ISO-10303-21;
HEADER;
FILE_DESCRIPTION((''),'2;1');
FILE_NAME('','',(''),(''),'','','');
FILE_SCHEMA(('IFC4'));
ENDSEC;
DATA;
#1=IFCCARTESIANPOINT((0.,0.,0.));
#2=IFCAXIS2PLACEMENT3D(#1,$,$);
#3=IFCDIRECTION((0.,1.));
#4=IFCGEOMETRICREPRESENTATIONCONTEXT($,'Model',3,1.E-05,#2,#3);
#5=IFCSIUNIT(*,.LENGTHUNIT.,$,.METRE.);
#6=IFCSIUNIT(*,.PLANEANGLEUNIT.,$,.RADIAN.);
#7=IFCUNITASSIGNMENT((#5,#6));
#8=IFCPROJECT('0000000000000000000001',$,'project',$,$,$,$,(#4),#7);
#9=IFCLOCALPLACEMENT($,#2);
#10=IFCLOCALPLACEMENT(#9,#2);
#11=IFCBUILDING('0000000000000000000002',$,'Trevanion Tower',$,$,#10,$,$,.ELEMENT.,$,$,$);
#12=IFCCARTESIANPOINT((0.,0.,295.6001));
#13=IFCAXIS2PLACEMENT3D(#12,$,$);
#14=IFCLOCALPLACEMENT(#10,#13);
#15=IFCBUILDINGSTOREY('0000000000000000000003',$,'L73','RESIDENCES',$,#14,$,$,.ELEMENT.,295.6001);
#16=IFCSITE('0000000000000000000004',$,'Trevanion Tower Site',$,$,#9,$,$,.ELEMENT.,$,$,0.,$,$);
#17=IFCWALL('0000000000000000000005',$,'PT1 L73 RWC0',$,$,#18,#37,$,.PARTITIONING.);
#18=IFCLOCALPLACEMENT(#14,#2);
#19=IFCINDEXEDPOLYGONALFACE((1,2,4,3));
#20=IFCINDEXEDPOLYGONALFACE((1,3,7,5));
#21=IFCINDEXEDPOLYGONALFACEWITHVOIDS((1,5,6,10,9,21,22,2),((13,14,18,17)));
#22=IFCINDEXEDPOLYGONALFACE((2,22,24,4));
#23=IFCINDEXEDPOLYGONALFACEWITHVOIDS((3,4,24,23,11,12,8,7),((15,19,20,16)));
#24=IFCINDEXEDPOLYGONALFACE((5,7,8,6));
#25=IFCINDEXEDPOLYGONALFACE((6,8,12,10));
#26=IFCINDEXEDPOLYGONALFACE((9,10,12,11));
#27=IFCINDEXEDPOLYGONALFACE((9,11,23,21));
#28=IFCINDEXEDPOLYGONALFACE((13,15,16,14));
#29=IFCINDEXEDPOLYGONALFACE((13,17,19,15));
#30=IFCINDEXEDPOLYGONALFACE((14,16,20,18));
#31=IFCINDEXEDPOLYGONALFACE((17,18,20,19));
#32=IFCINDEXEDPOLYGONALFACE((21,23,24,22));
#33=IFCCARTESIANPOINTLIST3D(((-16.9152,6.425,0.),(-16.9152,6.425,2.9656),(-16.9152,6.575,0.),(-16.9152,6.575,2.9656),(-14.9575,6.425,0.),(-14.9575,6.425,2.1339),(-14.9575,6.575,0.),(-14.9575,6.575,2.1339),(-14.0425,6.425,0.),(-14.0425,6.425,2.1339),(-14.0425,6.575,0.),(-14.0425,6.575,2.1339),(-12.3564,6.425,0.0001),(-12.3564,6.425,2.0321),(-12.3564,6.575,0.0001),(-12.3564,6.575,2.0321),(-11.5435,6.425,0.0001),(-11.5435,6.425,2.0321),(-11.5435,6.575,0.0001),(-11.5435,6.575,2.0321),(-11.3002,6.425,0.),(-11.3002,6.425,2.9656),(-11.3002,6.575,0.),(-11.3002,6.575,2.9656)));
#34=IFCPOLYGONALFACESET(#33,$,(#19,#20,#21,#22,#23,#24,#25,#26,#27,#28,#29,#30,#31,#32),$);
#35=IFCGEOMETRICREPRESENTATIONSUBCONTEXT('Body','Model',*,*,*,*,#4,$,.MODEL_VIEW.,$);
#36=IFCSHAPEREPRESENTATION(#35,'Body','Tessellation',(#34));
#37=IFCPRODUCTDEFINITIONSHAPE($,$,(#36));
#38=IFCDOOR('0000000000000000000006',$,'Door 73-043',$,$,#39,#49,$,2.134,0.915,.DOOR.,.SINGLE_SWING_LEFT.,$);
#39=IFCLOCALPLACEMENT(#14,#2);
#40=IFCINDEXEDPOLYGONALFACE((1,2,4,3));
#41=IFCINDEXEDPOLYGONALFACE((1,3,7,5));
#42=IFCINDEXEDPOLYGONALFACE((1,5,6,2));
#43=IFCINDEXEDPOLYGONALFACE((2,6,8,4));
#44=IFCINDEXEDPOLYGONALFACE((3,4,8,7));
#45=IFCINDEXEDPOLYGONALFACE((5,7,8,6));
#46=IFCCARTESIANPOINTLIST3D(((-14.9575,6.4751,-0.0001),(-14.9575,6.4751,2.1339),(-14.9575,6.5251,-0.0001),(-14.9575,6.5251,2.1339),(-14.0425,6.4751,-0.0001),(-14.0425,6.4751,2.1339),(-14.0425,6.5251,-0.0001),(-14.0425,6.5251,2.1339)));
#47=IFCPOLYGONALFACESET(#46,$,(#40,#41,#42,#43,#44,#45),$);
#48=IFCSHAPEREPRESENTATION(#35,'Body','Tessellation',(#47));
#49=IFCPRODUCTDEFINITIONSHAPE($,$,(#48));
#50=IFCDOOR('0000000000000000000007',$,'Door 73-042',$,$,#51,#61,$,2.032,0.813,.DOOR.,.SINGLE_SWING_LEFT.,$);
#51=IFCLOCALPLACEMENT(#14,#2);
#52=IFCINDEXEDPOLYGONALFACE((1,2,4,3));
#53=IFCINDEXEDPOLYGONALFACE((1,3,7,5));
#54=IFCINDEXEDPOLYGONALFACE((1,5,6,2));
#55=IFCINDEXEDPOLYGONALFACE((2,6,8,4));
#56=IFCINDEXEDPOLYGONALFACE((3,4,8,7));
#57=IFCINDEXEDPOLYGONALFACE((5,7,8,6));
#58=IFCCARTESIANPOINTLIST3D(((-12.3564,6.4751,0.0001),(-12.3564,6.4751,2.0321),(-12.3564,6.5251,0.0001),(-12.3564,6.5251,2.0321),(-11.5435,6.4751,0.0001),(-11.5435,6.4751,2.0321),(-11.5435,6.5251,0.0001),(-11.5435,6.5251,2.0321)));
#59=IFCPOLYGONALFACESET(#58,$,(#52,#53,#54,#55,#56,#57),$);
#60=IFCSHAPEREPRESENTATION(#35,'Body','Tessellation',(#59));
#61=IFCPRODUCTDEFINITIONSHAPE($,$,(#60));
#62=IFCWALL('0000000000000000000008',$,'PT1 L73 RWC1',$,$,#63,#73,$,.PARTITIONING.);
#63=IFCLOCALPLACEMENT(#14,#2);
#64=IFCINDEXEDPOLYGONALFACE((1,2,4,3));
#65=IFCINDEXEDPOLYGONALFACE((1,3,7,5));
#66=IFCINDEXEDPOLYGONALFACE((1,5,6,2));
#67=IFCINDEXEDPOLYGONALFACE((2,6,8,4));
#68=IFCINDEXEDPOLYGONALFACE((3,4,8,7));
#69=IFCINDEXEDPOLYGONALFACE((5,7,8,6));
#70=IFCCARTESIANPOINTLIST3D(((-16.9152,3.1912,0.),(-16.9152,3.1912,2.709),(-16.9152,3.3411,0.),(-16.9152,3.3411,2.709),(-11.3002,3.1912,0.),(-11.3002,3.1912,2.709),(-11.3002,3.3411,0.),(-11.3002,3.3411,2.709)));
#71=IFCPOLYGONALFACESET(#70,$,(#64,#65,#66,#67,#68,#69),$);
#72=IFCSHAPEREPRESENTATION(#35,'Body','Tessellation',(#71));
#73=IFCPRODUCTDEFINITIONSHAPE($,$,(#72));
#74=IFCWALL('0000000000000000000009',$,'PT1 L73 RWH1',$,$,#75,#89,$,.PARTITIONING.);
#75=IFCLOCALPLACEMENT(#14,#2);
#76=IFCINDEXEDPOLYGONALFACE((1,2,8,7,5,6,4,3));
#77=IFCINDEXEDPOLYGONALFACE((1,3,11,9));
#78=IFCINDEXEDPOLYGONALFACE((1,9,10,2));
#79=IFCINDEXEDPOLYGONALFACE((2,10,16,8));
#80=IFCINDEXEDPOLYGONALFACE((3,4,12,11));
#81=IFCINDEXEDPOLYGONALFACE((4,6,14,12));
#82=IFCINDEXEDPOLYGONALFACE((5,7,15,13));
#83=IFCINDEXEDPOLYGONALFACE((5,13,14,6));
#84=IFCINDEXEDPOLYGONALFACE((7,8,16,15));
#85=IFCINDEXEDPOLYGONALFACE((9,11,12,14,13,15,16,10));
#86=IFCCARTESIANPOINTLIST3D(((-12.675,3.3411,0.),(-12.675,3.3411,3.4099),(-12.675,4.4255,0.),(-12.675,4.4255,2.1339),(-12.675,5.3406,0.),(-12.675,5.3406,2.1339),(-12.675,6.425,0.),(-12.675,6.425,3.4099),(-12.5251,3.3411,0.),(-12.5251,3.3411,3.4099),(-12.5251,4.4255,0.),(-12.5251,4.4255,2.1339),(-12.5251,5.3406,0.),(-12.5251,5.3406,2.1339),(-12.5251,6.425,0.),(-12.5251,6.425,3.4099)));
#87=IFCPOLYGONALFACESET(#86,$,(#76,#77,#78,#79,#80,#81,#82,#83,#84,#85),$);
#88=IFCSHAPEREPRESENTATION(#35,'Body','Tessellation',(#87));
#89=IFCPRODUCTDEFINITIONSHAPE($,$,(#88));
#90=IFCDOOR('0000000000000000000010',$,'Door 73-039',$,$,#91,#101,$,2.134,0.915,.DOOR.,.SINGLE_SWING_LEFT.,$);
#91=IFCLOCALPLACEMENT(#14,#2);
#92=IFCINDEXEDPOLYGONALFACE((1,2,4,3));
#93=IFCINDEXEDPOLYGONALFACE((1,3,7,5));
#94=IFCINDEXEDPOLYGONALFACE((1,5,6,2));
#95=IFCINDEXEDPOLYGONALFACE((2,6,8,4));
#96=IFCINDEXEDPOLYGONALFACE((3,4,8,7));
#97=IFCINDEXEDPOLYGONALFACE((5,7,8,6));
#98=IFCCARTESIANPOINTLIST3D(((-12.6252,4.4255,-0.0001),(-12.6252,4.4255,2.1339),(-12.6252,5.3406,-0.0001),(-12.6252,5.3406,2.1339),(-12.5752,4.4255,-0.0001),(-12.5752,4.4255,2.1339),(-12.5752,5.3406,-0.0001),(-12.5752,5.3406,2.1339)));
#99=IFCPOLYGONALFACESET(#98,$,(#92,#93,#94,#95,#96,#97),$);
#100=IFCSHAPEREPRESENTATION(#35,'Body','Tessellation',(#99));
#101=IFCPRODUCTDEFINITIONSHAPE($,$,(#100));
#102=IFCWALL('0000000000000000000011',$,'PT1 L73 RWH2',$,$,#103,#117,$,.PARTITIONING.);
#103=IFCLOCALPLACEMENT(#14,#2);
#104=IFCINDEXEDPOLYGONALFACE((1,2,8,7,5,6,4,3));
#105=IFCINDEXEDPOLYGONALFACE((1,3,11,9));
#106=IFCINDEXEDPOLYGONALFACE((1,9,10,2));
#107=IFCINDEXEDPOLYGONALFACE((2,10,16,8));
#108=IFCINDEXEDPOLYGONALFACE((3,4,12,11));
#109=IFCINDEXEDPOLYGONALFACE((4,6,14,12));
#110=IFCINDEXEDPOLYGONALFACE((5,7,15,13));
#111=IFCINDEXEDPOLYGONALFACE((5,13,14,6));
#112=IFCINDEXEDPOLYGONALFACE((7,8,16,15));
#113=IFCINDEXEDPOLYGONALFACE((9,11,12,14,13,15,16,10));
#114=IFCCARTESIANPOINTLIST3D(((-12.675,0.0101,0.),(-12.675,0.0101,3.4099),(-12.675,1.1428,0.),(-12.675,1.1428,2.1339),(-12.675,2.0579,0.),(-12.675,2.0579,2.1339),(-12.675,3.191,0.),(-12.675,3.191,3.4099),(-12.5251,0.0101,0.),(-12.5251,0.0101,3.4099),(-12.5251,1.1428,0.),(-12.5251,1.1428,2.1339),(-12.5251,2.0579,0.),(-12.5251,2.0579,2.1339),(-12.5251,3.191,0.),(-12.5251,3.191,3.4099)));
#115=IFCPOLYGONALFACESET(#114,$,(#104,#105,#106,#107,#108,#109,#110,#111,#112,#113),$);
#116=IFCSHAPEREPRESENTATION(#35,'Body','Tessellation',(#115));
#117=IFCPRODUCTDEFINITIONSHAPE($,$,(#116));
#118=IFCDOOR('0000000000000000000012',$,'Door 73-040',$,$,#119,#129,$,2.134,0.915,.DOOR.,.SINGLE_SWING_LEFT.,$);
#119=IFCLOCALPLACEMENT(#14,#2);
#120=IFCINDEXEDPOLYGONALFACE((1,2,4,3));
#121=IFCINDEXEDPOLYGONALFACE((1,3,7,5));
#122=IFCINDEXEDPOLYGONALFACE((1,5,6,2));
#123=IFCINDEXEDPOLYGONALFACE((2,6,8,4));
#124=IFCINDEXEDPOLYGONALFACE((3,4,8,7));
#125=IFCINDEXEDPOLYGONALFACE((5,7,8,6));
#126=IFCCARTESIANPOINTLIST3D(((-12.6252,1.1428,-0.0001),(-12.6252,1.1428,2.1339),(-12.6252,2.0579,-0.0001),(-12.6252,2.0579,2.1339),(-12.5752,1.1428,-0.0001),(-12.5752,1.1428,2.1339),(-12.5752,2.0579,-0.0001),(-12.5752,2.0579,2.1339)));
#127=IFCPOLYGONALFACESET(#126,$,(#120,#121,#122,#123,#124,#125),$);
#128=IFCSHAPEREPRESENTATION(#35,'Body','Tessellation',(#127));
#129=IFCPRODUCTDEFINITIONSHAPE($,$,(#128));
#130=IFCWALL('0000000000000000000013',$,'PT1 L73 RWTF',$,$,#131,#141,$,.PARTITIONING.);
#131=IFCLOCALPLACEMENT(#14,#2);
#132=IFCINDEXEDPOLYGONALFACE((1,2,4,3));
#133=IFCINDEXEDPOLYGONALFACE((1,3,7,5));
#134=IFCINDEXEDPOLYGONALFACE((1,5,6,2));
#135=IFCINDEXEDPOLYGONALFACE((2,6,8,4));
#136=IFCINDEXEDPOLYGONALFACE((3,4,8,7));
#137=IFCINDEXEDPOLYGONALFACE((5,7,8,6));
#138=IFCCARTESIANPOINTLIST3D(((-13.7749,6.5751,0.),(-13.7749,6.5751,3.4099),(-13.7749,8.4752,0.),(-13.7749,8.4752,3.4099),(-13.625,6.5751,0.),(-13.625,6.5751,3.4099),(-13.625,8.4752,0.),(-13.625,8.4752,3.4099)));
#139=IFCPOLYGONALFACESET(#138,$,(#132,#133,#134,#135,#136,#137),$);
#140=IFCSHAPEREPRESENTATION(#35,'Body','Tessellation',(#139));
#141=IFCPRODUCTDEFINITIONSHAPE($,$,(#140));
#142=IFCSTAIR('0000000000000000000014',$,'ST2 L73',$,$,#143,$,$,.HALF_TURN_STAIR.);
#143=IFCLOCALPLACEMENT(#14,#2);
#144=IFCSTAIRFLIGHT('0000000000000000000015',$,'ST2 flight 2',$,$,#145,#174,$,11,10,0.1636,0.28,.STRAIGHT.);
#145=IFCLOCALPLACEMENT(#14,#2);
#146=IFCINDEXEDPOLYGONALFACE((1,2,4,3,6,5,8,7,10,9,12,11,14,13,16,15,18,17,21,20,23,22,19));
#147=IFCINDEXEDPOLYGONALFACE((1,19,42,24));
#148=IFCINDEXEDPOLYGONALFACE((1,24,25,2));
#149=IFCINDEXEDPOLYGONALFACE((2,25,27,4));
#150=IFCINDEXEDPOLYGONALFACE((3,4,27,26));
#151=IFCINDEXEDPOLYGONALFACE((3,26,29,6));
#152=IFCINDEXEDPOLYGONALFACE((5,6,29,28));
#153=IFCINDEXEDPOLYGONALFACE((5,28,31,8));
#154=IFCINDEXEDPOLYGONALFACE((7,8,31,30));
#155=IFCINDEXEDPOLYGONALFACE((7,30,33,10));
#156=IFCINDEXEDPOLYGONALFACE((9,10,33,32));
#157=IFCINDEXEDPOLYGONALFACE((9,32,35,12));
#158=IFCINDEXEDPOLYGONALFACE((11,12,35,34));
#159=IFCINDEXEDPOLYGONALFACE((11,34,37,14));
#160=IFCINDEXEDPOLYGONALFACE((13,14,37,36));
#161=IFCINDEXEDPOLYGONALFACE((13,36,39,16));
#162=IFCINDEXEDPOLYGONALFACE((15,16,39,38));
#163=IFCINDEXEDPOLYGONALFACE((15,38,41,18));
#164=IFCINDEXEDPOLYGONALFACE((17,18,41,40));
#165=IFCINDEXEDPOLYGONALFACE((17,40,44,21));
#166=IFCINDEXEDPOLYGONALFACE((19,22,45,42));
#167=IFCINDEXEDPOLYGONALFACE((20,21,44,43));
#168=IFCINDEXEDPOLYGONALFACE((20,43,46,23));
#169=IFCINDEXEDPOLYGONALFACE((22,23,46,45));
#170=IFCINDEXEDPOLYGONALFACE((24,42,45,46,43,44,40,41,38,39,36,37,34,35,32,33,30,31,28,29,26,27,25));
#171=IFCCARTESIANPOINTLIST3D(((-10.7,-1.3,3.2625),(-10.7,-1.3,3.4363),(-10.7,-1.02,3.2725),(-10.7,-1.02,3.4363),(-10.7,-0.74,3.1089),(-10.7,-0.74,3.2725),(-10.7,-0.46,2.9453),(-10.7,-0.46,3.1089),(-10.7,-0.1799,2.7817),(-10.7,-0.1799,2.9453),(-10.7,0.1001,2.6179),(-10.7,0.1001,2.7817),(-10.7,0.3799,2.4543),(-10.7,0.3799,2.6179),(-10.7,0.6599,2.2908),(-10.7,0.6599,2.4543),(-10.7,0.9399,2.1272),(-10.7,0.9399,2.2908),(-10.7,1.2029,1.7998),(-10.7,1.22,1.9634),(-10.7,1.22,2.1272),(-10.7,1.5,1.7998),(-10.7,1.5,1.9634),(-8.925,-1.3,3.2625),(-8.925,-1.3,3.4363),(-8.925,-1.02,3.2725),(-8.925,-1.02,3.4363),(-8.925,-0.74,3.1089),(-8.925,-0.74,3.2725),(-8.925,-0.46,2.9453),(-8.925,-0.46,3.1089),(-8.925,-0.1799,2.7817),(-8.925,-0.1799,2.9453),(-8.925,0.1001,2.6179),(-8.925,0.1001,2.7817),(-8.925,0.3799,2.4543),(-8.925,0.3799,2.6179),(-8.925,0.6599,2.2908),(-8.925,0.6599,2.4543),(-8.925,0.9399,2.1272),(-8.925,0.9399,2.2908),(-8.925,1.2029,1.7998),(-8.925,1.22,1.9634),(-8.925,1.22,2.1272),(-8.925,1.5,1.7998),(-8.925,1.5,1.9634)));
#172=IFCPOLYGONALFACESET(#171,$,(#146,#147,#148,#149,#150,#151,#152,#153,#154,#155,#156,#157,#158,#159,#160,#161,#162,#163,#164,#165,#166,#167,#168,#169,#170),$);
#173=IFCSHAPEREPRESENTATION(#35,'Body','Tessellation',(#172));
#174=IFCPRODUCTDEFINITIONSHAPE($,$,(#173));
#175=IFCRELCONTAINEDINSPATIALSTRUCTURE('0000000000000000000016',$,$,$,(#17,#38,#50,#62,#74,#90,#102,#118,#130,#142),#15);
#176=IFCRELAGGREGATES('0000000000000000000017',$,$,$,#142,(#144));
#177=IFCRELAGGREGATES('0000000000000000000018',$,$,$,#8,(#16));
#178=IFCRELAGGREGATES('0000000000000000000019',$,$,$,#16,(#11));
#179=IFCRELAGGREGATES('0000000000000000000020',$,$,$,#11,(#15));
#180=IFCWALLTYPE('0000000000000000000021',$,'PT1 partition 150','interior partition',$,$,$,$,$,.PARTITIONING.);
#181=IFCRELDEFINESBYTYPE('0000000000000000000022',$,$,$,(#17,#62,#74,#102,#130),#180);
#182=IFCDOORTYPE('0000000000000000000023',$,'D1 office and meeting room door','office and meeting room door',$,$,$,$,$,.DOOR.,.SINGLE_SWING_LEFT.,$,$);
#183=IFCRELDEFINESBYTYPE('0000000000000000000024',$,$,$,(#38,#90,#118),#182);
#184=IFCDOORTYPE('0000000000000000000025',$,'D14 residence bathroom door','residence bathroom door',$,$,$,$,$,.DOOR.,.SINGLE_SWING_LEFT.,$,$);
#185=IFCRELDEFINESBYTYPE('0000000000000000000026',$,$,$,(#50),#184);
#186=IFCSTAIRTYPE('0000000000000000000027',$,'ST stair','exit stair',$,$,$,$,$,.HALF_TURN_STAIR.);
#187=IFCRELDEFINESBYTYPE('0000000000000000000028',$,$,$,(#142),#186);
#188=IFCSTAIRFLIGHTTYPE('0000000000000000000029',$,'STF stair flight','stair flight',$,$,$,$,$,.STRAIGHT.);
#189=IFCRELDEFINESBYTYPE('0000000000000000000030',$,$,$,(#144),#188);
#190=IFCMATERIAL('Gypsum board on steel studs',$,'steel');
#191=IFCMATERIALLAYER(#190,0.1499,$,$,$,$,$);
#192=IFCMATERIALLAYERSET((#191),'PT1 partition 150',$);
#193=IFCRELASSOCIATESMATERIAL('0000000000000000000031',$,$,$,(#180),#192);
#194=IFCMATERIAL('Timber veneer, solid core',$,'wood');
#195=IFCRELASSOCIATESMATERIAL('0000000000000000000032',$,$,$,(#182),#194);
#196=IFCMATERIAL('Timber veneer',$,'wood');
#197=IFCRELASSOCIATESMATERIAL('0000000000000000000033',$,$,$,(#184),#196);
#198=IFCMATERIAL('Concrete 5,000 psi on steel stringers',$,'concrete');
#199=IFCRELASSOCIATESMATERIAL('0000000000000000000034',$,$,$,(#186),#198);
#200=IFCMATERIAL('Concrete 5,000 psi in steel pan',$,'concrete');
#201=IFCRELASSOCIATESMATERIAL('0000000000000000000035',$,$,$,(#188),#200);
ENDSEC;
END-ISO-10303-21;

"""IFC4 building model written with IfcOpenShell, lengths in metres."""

from ifc_helpers import new_model, si_unit, direction, frame, frame_2d, origin, place, context, subcontext, project, spatial, polyline, rectangle, outline, extrude, material, layer, layer_set, type_object, element, fill, aggregate, save


model = new_model("IFC4")

# Units and contexts
model_context = context("Model", 3, precision=1e-05, world=origin(), true_north=direction((0.0, 1.0)))
body_context = subcontext(model_context, "Body", "Model", "MODEL_VIEW")
ifc_project = project(units=[si_unit("LENGTHUNIT", "METRE"), si_unit("PLANEANGLEUNIT", "RADIAN")], contexts=[model_context])

# Site, building, storey
site_placement = place(None, origin())
site = spatial("IfcSite", under=ifc_project, at=site_placement, Name="Trevanion Tower Site", CompositionType="ELEMENT", RefElevation=0.0)
building_placement = place(site_placement, origin())
building = spatial("IfcBuilding", under=site, at=building_placement, Name="Trevanion Tower", CompositionType="ELEMENT")
storey_placement = place(building_placement, frame((0.0, 0.0, 295.6001)))
storey = spatial("IfcBuildingStorey", under=building, at=storey_placement, Name="L73", Description="RESIDENCES", CompositionType="ELEMENT", Elevation=295.6001)

# Wall, openings, doors
ifc_material_1 = material(Name="Gypsum board on steel studs", Category="steel")
ifc_layer_1 = layer(ifc_material_1, 0.1499)
ifc_layer_set_1 = layer_set([ifc_layer_1], Name="PT1 partition 150")
wall_type = type_object("IfcWallType", Name="PT1 partition 150", Description="interior partition", PredefinedType="PARTITIONING", material=ifc_layer_set_1)
wall_1_placement = place(storey_placement, frame((-11.3, 6.5, 0.0), z_axis=(0.0, 0.0, 1.0), x_axis=(-1.0, 0.0, 0.0)))
wall_1 = element("IfcWall", 1, at=wall_1_placement, inside=storey, type_object=wall_type, Name="PT1 L73 RWC0", PredefinedType="PARTITIONING", context=body_context, shape_type="SweptSolid", body=[
    extrude(rectangle(XDim=5.615, YDim=0.1499, at=frame_2d((2.8076, 0.0))), origin(), (0.0, 0.0, 1.0), 2.9656),
])
opening_1_placement = place(wall_1_placement, frame((0.2434, 0.0, 0.0)))
opening_1 = element("IfcOpeningElement", 2, at=opening_1_placement, cuts=wall_1, PredefinedType="OPENING", context=body_context, shape_type="SweptSolid", body=[
    extrude(rectangle(XDim=0.813, YDim=2.032, at=frame_2d((0.4065, 1.0161))), frame((0.0, 0.085, 0.0), z_axis=(0.0, -1.0, 0.0), x_axis=(1.0, 0.0, 0.0)), (0.0, 0.0, 1.0), 0.1699),
])
opening_2_placement = place(wall_1_placement, frame((2.7424, 0.0, 0.0)))
opening_2 = element("IfcOpeningElement", 3, at=opening_2_placement, cuts=wall_1, PredefinedType="OPENING", context=body_context, shape_type="SweptSolid", body=[
    extrude(rectangle(XDim=0.915, YDim=2.134, at=frame_2d((0.4575, 1.0669))), frame((0.0, 0.085, 0.0), z_axis=(0.0, -1.0, 0.0), x_axis=(1.0, 0.0, 0.0)), (0.0, 0.0, 1.0), 0.1699),
])
ifc_material_2 = material(Name="Timber veneer, solid core", Category="wood")
door_type_1 = type_object("IfcDoorType", Name="D1 office and meeting room door", Description="office and meeting room door", OperationType="SINGLE_SWING_LEFT", PredefinedType="DOOR", material=ifc_material_2)
door_1_placement = place(opening_2_placement, origin())
door_1 = element("IfcDoor", 4, at=door_1_placement, inside=storey, type_object=door_type_1, Name="Door 73-043", OperationType="SINGLE_SWING_LEFT", OverallHeight=2.134, OverallWidth=0.915, PredefinedType="DOOR", context=body_context, shape_type="SweptSolid", body=[
    extrude(rectangle(XDim=0.915, YDim=2.134, at=frame_2d((0.4575, 1.0669))), frame((0.0, 0.0249, 0.0), z_axis=(0.0, -1.0, 0.0), x_axis=(1.0, 0.0, 0.0)), (0.0, 0.0, 1.0), 0.05),
])
fill(opening_2, door_1)
ifc_material_3 = material(Name="Timber veneer", Category="wood")
door_type_2 = type_object("IfcDoorType", Name="D14 residence bathroom door", Description="residence bathroom door", OperationType="SINGLE_SWING_LEFT", PredefinedType="DOOR", material=ifc_material_3)
door_2_placement = place(opening_1_placement, origin())
door_2 = element("IfcDoor", 5, at=door_2_placement, inside=storey, type_object=door_type_2, Name="Door 73-042", OperationType="SINGLE_SWING_LEFT", OverallHeight=2.032, OverallWidth=0.813, PredefinedType="DOOR", context=body_context, shape_type="SweptSolid", body=[
    extrude(rectangle(XDim=0.813, YDim=2.032, at=frame_2d((0.4065, 1.0161))), frame((0.0, 0.0249, 0.0), z_axis=(0.0, -1.0, 0.0), x_axis=(1.0, 0.0, 0.0)), (0.0, 0.0, 1.0), 0.05),
])
fill(opening_1, door_2)

# Wall
wall_2_placement = place(storey_placement, frame((-11.3, 3.2661, 0.0), z_axis=(0.0, 0.0, 1.0), x_axis=(-1.0, 0.0, 0.0)))
element("IfcWall", 6, at=wall_2_placement, inside=storey, type_object=wall_type, Name="PT1 L73 RWC1", PredefinedType="PARTITIONING", context=body_context, shape_type="SweptSolid", body=[
    extrude(rectangle(XDim=5.615, YDim=0.1499, at=frame_2d((2.8076, 0.0))), origin(), (0.0, 0.0, 1.0), 2.709),
])

# Walls, openings, doors
wall_3_placement = place(storey_placement, frame((-12.6001, 6.425, 0.0), z_axis=(0.0, 0.0, 1.0), x_axis=(0.0, -1.0, 0.0)))
wall_3 = element("IfcWall", 7, at=wall_3_placement, inside=storey, type_object=wall_type, Name="PT1 L73 RWH1", PredefinedType="PARTITIONING", context=body_context, shape_type="SweptSolid", body=[
    extrude(rectangle(XDim=3.084, YDim=0.1499, at=frame_2d((1.542, 0.0))), origin(), (0.0, 0.0, 1.0), 3.4099),
])
opening_3_placement = place(wall_3_placement, frame((1.0845, 0.0, 0.0)))
opening_3 = element("IfcOpeningElement", 8, at=opening_3_placement, cuts=wall_3, PredefinedType="OPENING", context=body_context, shape_type="SweptSolid", body=[
    extrude(rectangle(XDim=0.915, YDim=2.134, at=frame_2d((0.4575, 1.0669))), frame((0.0, 0.085, 0.0), z_axis=(0.0, -1.0, 0.0), x_axis=(1.0, 0.0, 0.0)), (0.0, 0.0, 1.0), 0.1699),
])
door_3_placement = place(opening_3_placement, origin())
door_3 = element("IfcDoor", 9, at=door_3_placement, inside=storey, type_object=door_type_1, Name="Door 73-039", OperationType="SINGLE_SWING_LEFT", OverallHeight=2.134, OverallWidth=0.915, PredefinedType="DOOR", context=body_context, shape_type="SweptSolid", body=[
    extrude(rectangle(XDim=0.915, YDim=2.134, at=frame_2d((0.4575, 1.0669))), frame((0.0, 0.0249, 0.0), z_axis=(0.0, -1.0, 0.0), x_axis=(1.0, 0.0, 0.0)), (0.0, 0.0, 1.0), 0.05),
])
fill(opening_3, door_3)
wall_4_placement = place(storey_placement, frame((-12.6001, 3.1909, 0.0), z_axis=(0.0, 0.0, 1.0), x_axis=(0.0, -1.0, 0.0)))
wall_4 = element("IfcWall", 10, at=wall_4_placement, inside=storey, type_object=wall_type, Name="PT1 L73 RWH2", PredefinedType="PARTITIONING", context=body_context, shape_type="SweptSolid", body=[
    extrude(rectangle(XDim=3.1809, YDim=0.1499, at=frame_2d((1.5903, 0.0))), origin(), (0.0, 0.0, 1.0), 3.4099),
])
opening_4_placement = place(wall_4_placement, frame((1.1331, 0.0, 0.0)))
opening_4 = element("IfcOpeningElement", 11, at=opening_4_placement, cuts=wall_4, PredefinedType="OPENING", context=body_context, shape_type="SweptSolid", body=[
    extrude(rectangle(XDim=0.915, YDim=2.134, at=frame_2d((0.4575, 1.0669))), frame((0.0, 0.085, 0.0), z_axis=(0.0, -1.0, 0.0), x_axis=(1.0, 0.0, 0.0)), (0.0, 0.0, 1.0), 0.1699),
])
door_4_placement = place(opening_4_placement, origin())
door_4 = element("IfcDoor", 12, at=door_4_placement, inside=storey, type_object=door_type_1, Name="Door 73-040", OperationType="SINGLE_SWING_LEFT", OverallHeight=2.134, OverallWidth=0.915, PredefinedType="DOOR", context=body_context, shape_type="SweptSolid", body=[
    extrude(rectangle(XDim=0.915, YDim=2.134, at=frame_2d((0.4575, 1.0669))), frame((0.0, 0.0249, 0.0), z_axis=(0.0, -1.0, 0.0), x_axis=(1.0, 0.0, 0.0)), (0.0, 0.0, 1.0), 0.05),
])
fill(opening_4, door_4)

# Wall
wall_5_placement = place(storey_placement, frame((-13.7, 6.575, 0.0), z_axis=(0.0, 0.0, 1.0), x_axis=(0.0, 1.0, 0.0)))
element("IfcWall", 13, at=wall_5_placement, inside=storey, type_object=wall_type, Name="PT1 L73 RWTF", PredefinedType="PARTITIONING", context=body_context, shape_type="SweptSolid", body=[
    extrude(rectangle(XDim=1.9001, YDim=0.1499, at=frame_2d((0.9502, 0.0))), origin(), (0.0, 0.0, 1.0), 3.4099),
])

# Stair, stair flight
ifc_material_4 = material(Name="Concrete 5,000 psi on steel stringers", Category="concrete")
stair_type = type_object("IfcStairType", Name="ST stair", Description="exit stair", PredefinedType="HALF_TURN_STAIR", material=ifc_material_4)
stair_placement = place(storey_placement, origin())
stair = element("IfcStair", 14, at=stair_placement, inside=storey, type_object=stair_type, Name="ST2 L73", PredefinedType="HALF_TURN_STAIR")
ifc_material_5 = material(Name="Concrete 5,000 psi in steel pan", Category="concrete")
stair_flight_type = type_object("IfcStairFlightType", Name="STF stair flight", Description="stair flight", PredefinedType="STRAIGHT", material=ifc_material_5)
stair_flight_placement = place(storey_placement, frame((-9.8125, 1.5, 1.7998), z_axis=(0.0, 0.0, 1.0), x_axis=(0.0, -1.0, 0.0)))
stair_flight = element("IfcStairFlight", 15, at=stair_flight_placement, type_object=stair_flight_type, Name="ST2 flight 2", NumberOfRisers=11, NumberOfTreads=10, PredefinedType="STRAIGHT", RiserHeight=0.1636, TreadLength=0.28, context=body_context, shape_type="SweptSolid", body=[
    extrude(outline(polyline([(0.0, 0.0), (0.0, 0.1636), (0.28, 0.1636), (0.28, 0.3274), (0.5601, 0.3274), (0.5601, 0.491), (0.8401, 0.491), (0.8401, 0.6545), (1.1201, 0.6545), (1.1201, 0.8181), (1.3999, 0.8181), (1.3999, 0.9819), (1.6799, 0.9819), (1.6799, 1.1455), (1.96, 1.1455), (1.96, 1.3091), (2.24, 1.3091), (2.24, 1.4727), (2.52, 1.4727), (2.52, 1.6365), (2.8, 1.6365), (2.8, 1.8), (2.8, 1.4626), (0.2971, 0.0), (0.0, 0.0)])), frame((0.0, 0.8875, 0.0), z_axis=(0.0, -1.0, 0.0), x_axis=(1.0, 0.0, 0.0)), (0.0, 0.0, 1.0), 1.7749),
])
aggregate(stair, [stair_flight])

save(model, "model.ifc")
